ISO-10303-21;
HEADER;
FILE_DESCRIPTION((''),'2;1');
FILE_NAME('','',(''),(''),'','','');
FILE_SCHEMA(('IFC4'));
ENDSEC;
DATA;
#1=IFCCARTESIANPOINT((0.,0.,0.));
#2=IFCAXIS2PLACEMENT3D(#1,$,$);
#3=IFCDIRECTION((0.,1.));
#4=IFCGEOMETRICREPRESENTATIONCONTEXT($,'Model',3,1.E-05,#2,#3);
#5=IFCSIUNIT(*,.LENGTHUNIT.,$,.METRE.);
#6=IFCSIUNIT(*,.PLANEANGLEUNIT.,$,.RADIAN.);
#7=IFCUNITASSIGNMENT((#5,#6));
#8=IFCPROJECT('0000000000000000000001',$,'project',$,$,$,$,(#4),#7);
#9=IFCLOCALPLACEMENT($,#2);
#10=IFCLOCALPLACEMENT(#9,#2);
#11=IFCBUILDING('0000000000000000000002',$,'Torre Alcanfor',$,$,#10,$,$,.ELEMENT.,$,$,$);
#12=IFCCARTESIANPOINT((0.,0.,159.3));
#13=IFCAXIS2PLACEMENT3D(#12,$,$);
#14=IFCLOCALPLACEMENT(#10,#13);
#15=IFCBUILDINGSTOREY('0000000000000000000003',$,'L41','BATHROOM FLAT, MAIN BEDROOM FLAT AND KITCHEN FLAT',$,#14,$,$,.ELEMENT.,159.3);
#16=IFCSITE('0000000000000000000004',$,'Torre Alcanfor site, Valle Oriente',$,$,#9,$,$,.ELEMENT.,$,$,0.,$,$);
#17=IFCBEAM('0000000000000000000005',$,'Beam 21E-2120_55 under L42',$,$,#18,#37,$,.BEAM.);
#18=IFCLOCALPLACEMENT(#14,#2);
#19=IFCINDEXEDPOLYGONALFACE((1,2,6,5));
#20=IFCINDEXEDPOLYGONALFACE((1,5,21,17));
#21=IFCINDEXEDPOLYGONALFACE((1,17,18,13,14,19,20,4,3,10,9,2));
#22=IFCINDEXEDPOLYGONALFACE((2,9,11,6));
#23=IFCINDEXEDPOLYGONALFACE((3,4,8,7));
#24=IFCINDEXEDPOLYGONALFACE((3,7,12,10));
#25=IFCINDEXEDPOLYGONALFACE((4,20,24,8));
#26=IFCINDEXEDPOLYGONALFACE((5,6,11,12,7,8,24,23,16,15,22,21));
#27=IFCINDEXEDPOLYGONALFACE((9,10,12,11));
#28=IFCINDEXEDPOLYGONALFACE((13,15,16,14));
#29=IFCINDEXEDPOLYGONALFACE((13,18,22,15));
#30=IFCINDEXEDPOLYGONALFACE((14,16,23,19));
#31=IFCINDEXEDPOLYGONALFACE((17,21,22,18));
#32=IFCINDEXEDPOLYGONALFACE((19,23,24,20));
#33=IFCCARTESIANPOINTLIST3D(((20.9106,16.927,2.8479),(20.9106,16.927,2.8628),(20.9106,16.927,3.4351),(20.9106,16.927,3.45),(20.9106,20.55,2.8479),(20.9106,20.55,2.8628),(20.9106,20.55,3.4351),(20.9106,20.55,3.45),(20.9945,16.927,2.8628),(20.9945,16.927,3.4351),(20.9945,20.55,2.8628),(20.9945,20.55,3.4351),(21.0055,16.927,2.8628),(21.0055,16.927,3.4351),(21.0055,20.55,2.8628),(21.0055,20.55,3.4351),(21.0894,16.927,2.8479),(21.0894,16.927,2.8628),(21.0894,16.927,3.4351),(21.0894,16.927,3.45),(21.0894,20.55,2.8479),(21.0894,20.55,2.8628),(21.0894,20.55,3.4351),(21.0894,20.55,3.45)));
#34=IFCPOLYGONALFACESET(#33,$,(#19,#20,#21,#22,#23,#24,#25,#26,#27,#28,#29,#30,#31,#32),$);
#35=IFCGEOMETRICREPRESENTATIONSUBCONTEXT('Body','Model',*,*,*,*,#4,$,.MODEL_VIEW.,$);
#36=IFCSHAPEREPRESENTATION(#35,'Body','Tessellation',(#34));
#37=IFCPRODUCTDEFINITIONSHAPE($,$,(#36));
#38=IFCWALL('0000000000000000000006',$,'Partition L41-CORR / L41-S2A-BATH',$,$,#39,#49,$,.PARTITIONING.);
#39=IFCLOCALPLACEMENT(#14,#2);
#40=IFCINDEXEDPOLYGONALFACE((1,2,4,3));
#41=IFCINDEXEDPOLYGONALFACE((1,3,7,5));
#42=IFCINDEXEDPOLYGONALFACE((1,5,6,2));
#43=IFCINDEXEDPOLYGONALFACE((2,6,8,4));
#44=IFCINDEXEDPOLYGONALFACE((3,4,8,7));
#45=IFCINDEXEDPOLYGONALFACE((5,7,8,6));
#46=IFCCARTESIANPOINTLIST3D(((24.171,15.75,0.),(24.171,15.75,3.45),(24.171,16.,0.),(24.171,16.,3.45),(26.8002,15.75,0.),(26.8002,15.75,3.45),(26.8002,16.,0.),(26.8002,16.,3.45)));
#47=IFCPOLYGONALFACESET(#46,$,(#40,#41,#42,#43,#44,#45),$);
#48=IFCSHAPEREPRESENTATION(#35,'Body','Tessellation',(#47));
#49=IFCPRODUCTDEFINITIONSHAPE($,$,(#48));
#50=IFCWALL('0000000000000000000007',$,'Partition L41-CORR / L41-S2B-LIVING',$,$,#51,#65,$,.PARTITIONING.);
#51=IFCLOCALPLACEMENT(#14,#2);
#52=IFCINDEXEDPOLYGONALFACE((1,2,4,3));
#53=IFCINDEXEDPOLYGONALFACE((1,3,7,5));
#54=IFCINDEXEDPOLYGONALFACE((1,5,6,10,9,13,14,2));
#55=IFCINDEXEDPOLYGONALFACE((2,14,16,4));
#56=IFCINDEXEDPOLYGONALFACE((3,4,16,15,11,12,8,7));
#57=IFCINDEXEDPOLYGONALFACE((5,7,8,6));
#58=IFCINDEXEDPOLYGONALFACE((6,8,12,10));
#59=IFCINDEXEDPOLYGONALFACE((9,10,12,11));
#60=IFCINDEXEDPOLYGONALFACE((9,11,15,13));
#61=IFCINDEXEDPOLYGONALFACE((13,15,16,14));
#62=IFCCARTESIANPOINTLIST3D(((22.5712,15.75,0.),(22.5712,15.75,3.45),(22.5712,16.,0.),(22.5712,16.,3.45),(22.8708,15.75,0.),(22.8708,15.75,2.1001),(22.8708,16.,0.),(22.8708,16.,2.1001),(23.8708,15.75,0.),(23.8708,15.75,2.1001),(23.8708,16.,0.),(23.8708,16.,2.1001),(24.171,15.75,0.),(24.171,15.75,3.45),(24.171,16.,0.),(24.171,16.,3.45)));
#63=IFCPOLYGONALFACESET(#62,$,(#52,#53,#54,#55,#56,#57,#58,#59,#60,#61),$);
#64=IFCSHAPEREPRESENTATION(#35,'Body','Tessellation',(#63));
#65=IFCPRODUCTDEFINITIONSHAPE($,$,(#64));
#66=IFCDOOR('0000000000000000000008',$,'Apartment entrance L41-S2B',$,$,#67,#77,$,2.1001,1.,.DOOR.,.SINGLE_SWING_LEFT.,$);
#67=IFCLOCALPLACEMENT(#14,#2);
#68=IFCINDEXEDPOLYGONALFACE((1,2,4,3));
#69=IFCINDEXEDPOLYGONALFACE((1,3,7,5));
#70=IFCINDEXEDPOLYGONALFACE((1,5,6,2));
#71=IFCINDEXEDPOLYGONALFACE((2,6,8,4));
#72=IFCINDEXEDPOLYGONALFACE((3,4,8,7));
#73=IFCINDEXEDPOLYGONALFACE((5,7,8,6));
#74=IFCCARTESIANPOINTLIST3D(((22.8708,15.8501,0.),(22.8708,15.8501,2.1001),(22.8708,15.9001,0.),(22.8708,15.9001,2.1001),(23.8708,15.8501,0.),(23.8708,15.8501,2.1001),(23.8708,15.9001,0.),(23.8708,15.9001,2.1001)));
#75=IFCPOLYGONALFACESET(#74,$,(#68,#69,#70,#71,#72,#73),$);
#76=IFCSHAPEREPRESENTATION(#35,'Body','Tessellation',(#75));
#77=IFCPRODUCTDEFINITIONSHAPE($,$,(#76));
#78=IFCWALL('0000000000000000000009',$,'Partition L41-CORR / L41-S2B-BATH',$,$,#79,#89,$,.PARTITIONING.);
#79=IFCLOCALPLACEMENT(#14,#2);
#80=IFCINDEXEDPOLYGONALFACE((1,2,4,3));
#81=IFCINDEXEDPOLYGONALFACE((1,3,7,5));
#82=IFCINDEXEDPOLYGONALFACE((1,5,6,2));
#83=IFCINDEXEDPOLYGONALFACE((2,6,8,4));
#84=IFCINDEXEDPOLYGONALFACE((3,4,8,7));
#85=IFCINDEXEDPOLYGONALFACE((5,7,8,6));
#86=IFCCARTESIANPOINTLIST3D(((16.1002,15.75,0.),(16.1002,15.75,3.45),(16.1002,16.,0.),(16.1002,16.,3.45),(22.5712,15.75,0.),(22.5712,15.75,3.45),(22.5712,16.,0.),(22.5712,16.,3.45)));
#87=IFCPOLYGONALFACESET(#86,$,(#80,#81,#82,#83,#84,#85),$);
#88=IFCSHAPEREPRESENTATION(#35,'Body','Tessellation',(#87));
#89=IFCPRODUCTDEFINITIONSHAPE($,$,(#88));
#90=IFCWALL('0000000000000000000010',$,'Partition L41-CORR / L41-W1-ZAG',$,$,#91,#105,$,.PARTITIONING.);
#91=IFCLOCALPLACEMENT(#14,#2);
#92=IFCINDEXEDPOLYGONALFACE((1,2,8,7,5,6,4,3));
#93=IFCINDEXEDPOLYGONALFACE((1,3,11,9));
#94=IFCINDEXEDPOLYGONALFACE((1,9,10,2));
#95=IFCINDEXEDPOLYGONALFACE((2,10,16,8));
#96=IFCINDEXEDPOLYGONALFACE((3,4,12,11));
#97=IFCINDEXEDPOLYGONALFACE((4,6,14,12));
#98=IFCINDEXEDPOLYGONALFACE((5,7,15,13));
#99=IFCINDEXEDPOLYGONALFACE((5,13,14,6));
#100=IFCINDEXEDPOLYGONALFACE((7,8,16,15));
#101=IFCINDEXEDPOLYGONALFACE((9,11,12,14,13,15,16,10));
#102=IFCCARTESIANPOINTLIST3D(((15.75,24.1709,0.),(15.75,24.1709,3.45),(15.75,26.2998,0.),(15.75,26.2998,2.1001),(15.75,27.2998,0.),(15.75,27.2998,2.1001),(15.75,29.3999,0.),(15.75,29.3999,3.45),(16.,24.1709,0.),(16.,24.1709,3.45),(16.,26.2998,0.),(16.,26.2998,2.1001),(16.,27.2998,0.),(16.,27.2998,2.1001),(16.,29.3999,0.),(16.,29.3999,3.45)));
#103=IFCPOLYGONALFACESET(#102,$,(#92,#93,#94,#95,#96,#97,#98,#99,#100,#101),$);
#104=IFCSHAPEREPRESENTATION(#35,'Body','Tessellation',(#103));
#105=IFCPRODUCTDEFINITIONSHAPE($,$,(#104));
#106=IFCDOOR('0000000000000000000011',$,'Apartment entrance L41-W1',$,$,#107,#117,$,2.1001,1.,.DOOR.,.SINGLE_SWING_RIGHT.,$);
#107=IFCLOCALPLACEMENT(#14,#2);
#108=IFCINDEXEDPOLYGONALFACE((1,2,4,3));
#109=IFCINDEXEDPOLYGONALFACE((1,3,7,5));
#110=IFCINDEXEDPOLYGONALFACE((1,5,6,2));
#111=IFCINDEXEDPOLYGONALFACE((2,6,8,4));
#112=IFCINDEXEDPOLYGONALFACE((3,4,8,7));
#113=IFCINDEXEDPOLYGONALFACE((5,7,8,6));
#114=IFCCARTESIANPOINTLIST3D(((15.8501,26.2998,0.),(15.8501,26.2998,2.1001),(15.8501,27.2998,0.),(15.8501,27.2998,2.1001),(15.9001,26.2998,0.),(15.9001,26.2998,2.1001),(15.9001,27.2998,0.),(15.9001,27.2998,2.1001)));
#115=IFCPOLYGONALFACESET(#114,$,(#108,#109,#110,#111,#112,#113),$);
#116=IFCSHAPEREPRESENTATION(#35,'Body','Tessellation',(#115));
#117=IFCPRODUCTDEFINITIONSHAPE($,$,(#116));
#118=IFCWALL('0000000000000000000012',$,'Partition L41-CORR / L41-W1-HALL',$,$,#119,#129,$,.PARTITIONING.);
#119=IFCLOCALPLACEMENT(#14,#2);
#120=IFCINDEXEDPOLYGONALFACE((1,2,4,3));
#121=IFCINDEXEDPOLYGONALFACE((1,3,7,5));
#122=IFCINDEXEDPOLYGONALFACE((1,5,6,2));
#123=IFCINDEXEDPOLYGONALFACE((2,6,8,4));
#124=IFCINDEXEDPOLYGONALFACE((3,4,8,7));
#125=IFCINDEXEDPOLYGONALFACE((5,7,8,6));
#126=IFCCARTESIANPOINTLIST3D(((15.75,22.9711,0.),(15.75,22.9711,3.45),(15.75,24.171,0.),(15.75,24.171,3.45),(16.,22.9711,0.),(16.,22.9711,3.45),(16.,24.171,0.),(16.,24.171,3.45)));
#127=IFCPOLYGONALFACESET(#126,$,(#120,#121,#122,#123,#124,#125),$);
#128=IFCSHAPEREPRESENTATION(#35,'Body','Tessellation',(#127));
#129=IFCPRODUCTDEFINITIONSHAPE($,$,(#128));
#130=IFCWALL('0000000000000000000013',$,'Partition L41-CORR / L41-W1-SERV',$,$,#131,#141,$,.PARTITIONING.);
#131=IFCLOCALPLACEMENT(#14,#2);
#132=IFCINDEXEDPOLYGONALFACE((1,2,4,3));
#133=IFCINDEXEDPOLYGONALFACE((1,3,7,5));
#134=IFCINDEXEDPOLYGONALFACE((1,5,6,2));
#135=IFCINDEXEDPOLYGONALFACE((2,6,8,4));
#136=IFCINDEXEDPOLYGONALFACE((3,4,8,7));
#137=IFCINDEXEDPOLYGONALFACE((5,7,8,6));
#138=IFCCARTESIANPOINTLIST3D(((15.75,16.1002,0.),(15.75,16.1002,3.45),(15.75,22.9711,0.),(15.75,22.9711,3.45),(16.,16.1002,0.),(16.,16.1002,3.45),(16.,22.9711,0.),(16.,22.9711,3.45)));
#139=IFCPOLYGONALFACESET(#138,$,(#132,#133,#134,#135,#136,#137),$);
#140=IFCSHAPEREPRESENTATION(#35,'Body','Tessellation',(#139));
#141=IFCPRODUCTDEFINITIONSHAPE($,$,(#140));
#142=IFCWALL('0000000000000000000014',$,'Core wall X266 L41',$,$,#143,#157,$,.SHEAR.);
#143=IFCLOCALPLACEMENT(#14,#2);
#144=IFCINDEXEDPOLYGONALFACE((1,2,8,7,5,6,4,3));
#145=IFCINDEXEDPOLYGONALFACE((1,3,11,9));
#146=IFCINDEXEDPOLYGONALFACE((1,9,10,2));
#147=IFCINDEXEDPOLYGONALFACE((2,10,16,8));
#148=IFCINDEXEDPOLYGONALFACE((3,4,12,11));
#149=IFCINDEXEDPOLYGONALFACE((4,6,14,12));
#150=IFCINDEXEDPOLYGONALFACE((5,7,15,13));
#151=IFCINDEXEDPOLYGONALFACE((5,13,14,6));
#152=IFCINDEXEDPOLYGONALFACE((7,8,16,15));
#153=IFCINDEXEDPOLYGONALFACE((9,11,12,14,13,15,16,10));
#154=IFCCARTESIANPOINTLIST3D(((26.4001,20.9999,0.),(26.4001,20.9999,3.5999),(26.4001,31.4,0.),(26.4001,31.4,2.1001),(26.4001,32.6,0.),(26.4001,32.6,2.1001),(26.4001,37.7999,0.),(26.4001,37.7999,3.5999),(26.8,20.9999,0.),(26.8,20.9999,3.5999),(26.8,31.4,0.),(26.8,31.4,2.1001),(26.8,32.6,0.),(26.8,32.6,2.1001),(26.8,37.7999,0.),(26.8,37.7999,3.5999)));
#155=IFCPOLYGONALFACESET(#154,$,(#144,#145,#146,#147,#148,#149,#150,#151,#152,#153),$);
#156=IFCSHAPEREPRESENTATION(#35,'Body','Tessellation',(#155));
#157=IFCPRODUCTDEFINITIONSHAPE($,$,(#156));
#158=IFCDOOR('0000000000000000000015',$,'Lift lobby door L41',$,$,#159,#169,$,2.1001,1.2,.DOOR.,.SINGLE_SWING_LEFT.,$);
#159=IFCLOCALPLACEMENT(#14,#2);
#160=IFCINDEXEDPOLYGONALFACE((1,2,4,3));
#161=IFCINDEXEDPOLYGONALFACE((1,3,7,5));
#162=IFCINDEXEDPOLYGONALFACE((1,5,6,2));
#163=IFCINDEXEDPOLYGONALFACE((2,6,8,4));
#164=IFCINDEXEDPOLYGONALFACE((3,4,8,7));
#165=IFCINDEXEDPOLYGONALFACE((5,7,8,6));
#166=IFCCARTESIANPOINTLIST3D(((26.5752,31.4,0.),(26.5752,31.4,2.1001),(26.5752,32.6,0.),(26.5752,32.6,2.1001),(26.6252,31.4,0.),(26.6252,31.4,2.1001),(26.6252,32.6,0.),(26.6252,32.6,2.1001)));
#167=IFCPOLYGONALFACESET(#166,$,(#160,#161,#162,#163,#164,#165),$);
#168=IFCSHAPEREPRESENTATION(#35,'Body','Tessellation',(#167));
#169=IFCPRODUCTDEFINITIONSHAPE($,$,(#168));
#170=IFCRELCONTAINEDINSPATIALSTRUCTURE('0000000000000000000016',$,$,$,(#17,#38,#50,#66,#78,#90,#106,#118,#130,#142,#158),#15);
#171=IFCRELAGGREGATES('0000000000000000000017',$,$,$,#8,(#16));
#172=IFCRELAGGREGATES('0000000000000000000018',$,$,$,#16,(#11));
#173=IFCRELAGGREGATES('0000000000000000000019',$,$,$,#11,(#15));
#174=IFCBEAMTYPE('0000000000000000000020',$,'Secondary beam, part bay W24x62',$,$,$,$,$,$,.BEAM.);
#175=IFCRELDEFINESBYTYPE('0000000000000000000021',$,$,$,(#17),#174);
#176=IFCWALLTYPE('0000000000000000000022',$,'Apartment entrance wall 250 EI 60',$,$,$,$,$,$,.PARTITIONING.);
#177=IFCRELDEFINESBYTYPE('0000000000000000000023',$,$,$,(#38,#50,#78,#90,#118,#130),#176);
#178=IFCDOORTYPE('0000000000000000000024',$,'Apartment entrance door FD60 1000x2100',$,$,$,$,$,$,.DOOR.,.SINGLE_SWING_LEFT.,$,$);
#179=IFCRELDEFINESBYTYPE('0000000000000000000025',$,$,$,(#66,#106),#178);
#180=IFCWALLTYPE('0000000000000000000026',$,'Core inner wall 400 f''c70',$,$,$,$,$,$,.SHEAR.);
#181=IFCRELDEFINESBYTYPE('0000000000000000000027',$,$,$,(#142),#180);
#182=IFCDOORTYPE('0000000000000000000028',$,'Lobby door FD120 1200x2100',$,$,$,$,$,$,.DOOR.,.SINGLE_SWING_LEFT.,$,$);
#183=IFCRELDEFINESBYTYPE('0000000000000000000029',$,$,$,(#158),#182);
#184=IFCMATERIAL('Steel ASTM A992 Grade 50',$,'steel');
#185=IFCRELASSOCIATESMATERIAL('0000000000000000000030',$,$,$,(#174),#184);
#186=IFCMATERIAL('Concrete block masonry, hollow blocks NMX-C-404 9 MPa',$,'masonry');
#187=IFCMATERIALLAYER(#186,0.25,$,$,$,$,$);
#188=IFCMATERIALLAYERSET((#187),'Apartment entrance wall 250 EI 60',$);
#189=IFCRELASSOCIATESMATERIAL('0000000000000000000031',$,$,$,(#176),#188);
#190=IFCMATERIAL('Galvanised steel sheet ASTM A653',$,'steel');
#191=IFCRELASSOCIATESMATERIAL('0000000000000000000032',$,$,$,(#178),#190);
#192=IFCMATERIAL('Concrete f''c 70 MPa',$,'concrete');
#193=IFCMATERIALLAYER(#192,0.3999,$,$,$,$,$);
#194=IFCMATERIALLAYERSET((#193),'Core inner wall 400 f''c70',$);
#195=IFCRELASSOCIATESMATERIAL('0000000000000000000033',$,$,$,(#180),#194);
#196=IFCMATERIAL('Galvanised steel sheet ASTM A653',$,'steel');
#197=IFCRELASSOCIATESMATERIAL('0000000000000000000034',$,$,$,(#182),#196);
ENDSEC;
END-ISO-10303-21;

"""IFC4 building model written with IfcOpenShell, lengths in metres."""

from ifc_helpers import new_model, si_unit, direction, frame, frame_2d, origin, origin_2d, place, context, subcontext, project, spatial, rectangle, i_section, extrude, material, layer, layer_set, material_profile, profile_set, type_object, element, fill, save


model = new_model("IFC4")

# Units and contexts
model_context = context("Model", 3, precision=1e-05, world=origin(), true_north=direction((0.0, 1.0)))
body_context = subcontext(model_context, "Body", "Model", "MODEL_VIEW")
ifc_project = project(units=[si_unit("LENGTHUNIT", "METRE"), si_unit("PLANEANGLEUNIT", "RADIAN")], contexts=[model_context])

# Site, building, storey
site_placement = place(None, origin())
site = spatial("IfcSite", under=ifc_project, at=site_placement, Name="Torre Alcanfor site, Valle Oriente", CompositionType="ELEMENT", RefElevation=0.0)
building_placement = place(site_placement, origin())
building = spatial("IfcBuilding", under=site, at=building_placement, Name="Torre Alcanfor", CompositionType="ELEMENT")
storey_placement = place(building_placement, frame((0.0, 0.0, 159.3)))
storey = spatial("IfcBuildingStorey", under=building, at=storey_placement, Name="L41", Description="BATHROOM FLAT, MAIN BEDROOM FLAT AND KITCHEN FLAT", CompositionType="ELEMENT", Elevation=159.3)

# Beam
ifc_material_1 = material(Name="Steel ASTM A992 Grade 50", Category="steel")
ifc_material_profile_1 = material_profile(ifc_material_1, i_section(OverallWidth=0.1787, OverallDepth=0.6021, WebThickness=0.011, FlangeThickness=0.0149, at=origin_2d()), Name="W24x62")
ifc_profile_set_1 = profile_set([ifc_material_profile_1], Name="Steel ASTM A992 Grade 50")
beam_type_1 = type_object("IfcBeamType", Name="Secondary beam, part bay W24x62", PredefinedType="BEAM", material=ifc_profile_set_1)
beam_1_placement = place(storey_placement, frame((21.0, 16.927, 3.1489), z_axis=(0.0, 1.0, 0.0), x_axis=(-1.0, 0.0, 0.0)))
element("IfcBeam", 1, at=beam_1_placement, inside=storey, type_object=beam_type_1, Name="Beam 21E-2120_55 under L42", PredefinedType="BEAM", context=body_context, shape_type="SweptSolid", body=[
    extrude(i_section(OverallWidth=0.1787, OverallDepth=0.6021, WebThickness=0.011, FlangeThickness=0.0149, at=origin_2d()), origin(), (0.0, 0.0, 1.0), 3.623),
])

# Wall
ifc_material_2 = material(Name="Concrete block masonry, hollow blocks NMX-C-404 9 MPa", Category="masonry")
ifc_layer_1 = layer(ifc_material_2, 0.25)
ifc_layer_set_1 = layer_set([ifc_layer_1], Name="Apartment entrance wall 250 EI 60")
wall_type_1 = type_object("IfcWallType", Name="Apartment entrance wall 250 EI 60", PredefinedType="PARTITIONING", material=ifc_layer_set_1)
wall_1_placement = place(storey_placement, frame((26.8, 15.875, 0.0), z_axis=(0.0, 0.0, 1.0), x_axis=(-1.0, 0.0, 0.0)))
element("IfcWall", 2, at=wall_1_placement, inside=storey, type_object=wall_type_1, Name="Partition L41-CORR / L41-S2A-BATH", PredefinedType="PARTITIONING", context=body_context, shape_type="SweptSolid", body=[
    extrude(rectangle(XDim=2.6292, YDim=0.25, at=frame_2d((1.3145, 0.0))), origin(), (0.0, 0.0, 1.0), 3.45),
])

# Wall, opening, door
wall_2_placement = place(storey_placement, frame((24.1709, 15.875, 0.0), z_axis=(0.0, 0.0, 1.0), x_axis=(-1.0, 0.0, 0.0)))
wall_2 = element("IfcWall", 3, at=wall_2_placement, inside=storey, type_object=wall_type_1, Name="Partition L41-CORR / L41-S2B-LIVING", PredefinedType="PARTITIONING", context=body_context, shape_type="SweptSolid", body=[
    extrude(rectangle(XDim=1.5999, YDim=0.25, at=frame_2d((0.7998, 0.0))), origin(), (0.0, 0.0, 1.0), 3.45),
])
opening_1_placement = place(wall_2_placement, frame((0.3, 0.0, 0.0)))
opening_1 = element("IfcOpeningElement", 4, at=opening_1_placement, cuts=wall_2, PredefinedType="OPENING", context=body_context, shape_type="SweptSolid", body=[
    extrude(rectangle(XDim=1.0, YDim=2.1001, at=frame_2d((0.5, 1.05))), frame((0.0, 0.135, 0.0), z_axis=(0.0, -1.0, 0.0), x_axis=(1.0, 0.0, 0.0)), (0.0, 0.0, 1.0), 0.27),
])
ifc_material_3 = material(Name="Galvanised steel sheet ASTM A653", Category="steel")
door_type_1 = type_object("IfcDoorType", Name="Apartment entrance door FD60 1000x2100", OperationType="SINGLE_SWING_LEFT", PredefinedType="DOOR", material=ifc_material_3)
door_1_placement = place(opening_1_placement, origin())
door_1 = element("IfcDoor", 5, at=door_1_placement, inside=storey, type_object=door_type_1, Name="Apartment entrance L41-S2B", OperationType="SINGLE_SWING_LEFT", OverallHeight=2.1001, OverallWidth=1.0, PredefinedType="DOOR", context=body_context, shape_type="SweptSolid", body=[
    extrude(rectangle(XDim=1.0, YDim=2.1001, at=frame_2d((0.5, 1.05))), frame((0.0, 0.0249, 0.0), z_axis=(0.0, -1.0, 0.0), x_axis=(1.0, 0.0, 0.0)), (0.0, 0.0, 1.0), 0.05),
])
fill(opening_1, door_1)

# Wall
wall_3_placement = place(storey_placement, frame((22.571, 15.875, 0.0), z_axis=(0.0, 0.0, 1.0), x_axis=(-1.0, 0.0, 0.0)))
element("IfcWall", 6, at=wall_3_placement, inside=storey, type_object=wall_type_1, Name="Partition L41-CORR / L41-S2B-BATH", PredefinedType="PARTITIONING", context=body_context, shape_type="SweptSolid", body=[
    extrude(rectangle(XDim=6.4709, YDim=0.25, at=frame_2d((3.2354, 0.0))), origin(), (0.0, 0.0, 1.0), 3.45),
])

# Wall, opening, door
wall_4_placement = place(storey_placement, frame((15.875, 24.1709, 0.0), z_axis=(0.0, 0.0, 1.0), x_axis=(0.0, 1.0, 0.0)))
wall_4 = element("IfcWall", 7, at=wall_4_placement, inside=storey, type_object=wall_type_1, Name="Partition L41-CORR / L41-W1-ZAG", PredefinedType="PARTITIONING", context=body_context, shape_type="SweptSolid", body=[
    extrude(rectangle(XDim=5.229, YDim=0.25, at=frame_2d((2.6145, 0.0))), origin(), (0.0, 0.0, 1.0), 3.45),
])
opening_2_placement = place(wall_4_placement, frame((2.1289, 0.0, 0.0)))
opening_2 = element("IfcOpeningElement", 8, at=opening_2_placement, cuts=wall_4, PredefinedType="OPENING", context=body_context, shape_type="SweptSolid", body=[
    extrude(rectangle(XDim=1.0, YDim=2.1001, at=frame_2d((0.5, 1.05))), frame((0.0, 0.135, 0.0), z_axis=(0.0, -1.0, 0.0), x_axis=(1.0, 0.0, 0.0)), (0.0, 0.0, 1.0), 0.27),
])
door_2_placement = place(opening_2_placement, origin())
door_2 = element("IfcDoor", 9, at=door_2_placement, inside=storey, type_object=door_type_1, Name="Apartment entrance L41-W1", OperationType="SINGLE_SWING_RIGHT", OverallHeight=2.1001, OverallWidth=1.0, PredefinedType="DOOR", context=body_context, shape_type="SweptSolid", body=[
    extrude(rectangle(XDim=1.0, YDim=2.1001, at=frame_2d((0.5, 1.05))), frame((0.0, 0.0249, 0.0), z_axis=(0.0, -1.0, 0.0), x_axis=(1.0, 0.0, 0.0)), (0.0, 0.0, 1.0), 0.05),
])
fill(opening_2, door_2)

# Walls
wall_5_placement = place(storey_placement, frame((15.875, 22.9709, 0.0), z_axis=(0.0, 0.0, 1.0), x_axis=(0.0, 1.0, 0.0)))
element("IfcWall", 10, at=wall_5_placement, inside=storey, type_object=wall_type_1, Name="Partition L41-CORR / L41-W1-HALL", PredefinedType="PARTITIONING", context=body_context, shape_type="SweptSolid", body=[
    extrude(rectangle(XDim=1.2, YDim=0.25, at=frame_2d((0.6001, 0.0))), origin(), (0.0, 0.0, 1.0), 3.45),
])
wall_6_placement = place(storey_placement, frame((15.875, 16.1001, 0.0), z_axis=(0.0, 0.0, 1.0), x_axis=(0.0, 1.0, 0.0)))
element("IfcWall", 11, at=wall_6_placement, inside=storey, type_object=wall_type_1, Name="Partition L41-CORR / L41-W1-SERV", PredefinedType="PARTITIONING", context=body_context, shape_type="SweptSolid", body=[
    extrude(rectangle(XDim=6.8708, YDim=0.25, at=frame_2d((3.4355, 0.0))), origin(), (0.0, 0.0, 1.0), 3.45),
])

# Wall, opening, door
ifc_material_4 = material(Name="Concrete f'c 70 MPa", Category="concrete")
ifc_layer_2 = layer(ifc_material_4, 0.3999)
ifc_layer_set_2 = layer_set([ifc_layer_2], Name="Core inner wall 400 f'c70")
wall_type_2 = type_object("IfcWallType", Name="Core inner wall 400 f'c70", PredefinedType="SHEAR", material=ifc_layer_set_2)
wall_7_placement = place(storey_placement, frame((26.6001, 21.0, 0.0), z_axis=(0.0, 0.0, 1.0), x_axis=(0.0, 1.0, 0.0)))
wall_7 = element("IfcWall", 12, at=wall_7_placement, inside=storey, type_object=wall_type_2, Name="Core wall X266 L41", PredefinedType="SHEAR", context=body_context, shape_type="SweptSolid", body=[
    extrude(rectangle(XDim=16.8, YDim=0.3999, at=frame_2d((8.3999, 0.0))), origin(), (0.0, 0.0, 1.0), 3.5999),
])
opening_3_placement = place(wall_7_placement, frame((10.3999, 0.0, 0.0)))
opening_3 = element("IfcOpeningElement", 13, at=opening_3_placement, cuts=wall_7, PredefinedType="OPENING", context=body_context, shape_type="SweptSolid", body=[
    extrude(rectangle(XDim=1.2, YDim=2.1001, at=frame_2d((0.6001, 1.05))), frame((0.0, 0.21, 0.0), z_axis=(0.0, -1.0, 0.0), x_axis=(1.0, 0.0, 0.0)), (0.0, 0.0, 1.0), 0.4199),
])
ifc_material_5 = material(Name="Galvanised steel sheet ASTM A653", Category="steel")
door_type_2 = type_object("IfcDoorType", Name="Lobby door FD120 1200x2100", OperationType="SINGLE_SWING_LEFT", PredefinedType="DOOR", material=ifc_material_5)
door_3_placement = place(opening_3_placement, origin())
door_3 = element("IfcDoor", 14, at=door_3_placement, inside=storey, type_object=door_type_2, Name="Lift lobby door L41", OperationType="SINGLE_SWING_LEFT", OverallHeight=2.1001, OverallWidth=1.2, PredefinedType="DOOR", context=body_context, shape_type="SweptSolid", body=[
    extrude(rectangle(XDim=1.2, YDim=2.1001, at=frame_2d((0.6001, 1.05))), frame((0.0, 0.0249, 0.0), z_axis=(0.0, -1.0, 0.0), x_axis=(1.0, 0.0, 0.0)), (0.0, 0.0, 1.0), 0.05),
])
fill(opening_3, door_3)

save(model, "model.ifc")
